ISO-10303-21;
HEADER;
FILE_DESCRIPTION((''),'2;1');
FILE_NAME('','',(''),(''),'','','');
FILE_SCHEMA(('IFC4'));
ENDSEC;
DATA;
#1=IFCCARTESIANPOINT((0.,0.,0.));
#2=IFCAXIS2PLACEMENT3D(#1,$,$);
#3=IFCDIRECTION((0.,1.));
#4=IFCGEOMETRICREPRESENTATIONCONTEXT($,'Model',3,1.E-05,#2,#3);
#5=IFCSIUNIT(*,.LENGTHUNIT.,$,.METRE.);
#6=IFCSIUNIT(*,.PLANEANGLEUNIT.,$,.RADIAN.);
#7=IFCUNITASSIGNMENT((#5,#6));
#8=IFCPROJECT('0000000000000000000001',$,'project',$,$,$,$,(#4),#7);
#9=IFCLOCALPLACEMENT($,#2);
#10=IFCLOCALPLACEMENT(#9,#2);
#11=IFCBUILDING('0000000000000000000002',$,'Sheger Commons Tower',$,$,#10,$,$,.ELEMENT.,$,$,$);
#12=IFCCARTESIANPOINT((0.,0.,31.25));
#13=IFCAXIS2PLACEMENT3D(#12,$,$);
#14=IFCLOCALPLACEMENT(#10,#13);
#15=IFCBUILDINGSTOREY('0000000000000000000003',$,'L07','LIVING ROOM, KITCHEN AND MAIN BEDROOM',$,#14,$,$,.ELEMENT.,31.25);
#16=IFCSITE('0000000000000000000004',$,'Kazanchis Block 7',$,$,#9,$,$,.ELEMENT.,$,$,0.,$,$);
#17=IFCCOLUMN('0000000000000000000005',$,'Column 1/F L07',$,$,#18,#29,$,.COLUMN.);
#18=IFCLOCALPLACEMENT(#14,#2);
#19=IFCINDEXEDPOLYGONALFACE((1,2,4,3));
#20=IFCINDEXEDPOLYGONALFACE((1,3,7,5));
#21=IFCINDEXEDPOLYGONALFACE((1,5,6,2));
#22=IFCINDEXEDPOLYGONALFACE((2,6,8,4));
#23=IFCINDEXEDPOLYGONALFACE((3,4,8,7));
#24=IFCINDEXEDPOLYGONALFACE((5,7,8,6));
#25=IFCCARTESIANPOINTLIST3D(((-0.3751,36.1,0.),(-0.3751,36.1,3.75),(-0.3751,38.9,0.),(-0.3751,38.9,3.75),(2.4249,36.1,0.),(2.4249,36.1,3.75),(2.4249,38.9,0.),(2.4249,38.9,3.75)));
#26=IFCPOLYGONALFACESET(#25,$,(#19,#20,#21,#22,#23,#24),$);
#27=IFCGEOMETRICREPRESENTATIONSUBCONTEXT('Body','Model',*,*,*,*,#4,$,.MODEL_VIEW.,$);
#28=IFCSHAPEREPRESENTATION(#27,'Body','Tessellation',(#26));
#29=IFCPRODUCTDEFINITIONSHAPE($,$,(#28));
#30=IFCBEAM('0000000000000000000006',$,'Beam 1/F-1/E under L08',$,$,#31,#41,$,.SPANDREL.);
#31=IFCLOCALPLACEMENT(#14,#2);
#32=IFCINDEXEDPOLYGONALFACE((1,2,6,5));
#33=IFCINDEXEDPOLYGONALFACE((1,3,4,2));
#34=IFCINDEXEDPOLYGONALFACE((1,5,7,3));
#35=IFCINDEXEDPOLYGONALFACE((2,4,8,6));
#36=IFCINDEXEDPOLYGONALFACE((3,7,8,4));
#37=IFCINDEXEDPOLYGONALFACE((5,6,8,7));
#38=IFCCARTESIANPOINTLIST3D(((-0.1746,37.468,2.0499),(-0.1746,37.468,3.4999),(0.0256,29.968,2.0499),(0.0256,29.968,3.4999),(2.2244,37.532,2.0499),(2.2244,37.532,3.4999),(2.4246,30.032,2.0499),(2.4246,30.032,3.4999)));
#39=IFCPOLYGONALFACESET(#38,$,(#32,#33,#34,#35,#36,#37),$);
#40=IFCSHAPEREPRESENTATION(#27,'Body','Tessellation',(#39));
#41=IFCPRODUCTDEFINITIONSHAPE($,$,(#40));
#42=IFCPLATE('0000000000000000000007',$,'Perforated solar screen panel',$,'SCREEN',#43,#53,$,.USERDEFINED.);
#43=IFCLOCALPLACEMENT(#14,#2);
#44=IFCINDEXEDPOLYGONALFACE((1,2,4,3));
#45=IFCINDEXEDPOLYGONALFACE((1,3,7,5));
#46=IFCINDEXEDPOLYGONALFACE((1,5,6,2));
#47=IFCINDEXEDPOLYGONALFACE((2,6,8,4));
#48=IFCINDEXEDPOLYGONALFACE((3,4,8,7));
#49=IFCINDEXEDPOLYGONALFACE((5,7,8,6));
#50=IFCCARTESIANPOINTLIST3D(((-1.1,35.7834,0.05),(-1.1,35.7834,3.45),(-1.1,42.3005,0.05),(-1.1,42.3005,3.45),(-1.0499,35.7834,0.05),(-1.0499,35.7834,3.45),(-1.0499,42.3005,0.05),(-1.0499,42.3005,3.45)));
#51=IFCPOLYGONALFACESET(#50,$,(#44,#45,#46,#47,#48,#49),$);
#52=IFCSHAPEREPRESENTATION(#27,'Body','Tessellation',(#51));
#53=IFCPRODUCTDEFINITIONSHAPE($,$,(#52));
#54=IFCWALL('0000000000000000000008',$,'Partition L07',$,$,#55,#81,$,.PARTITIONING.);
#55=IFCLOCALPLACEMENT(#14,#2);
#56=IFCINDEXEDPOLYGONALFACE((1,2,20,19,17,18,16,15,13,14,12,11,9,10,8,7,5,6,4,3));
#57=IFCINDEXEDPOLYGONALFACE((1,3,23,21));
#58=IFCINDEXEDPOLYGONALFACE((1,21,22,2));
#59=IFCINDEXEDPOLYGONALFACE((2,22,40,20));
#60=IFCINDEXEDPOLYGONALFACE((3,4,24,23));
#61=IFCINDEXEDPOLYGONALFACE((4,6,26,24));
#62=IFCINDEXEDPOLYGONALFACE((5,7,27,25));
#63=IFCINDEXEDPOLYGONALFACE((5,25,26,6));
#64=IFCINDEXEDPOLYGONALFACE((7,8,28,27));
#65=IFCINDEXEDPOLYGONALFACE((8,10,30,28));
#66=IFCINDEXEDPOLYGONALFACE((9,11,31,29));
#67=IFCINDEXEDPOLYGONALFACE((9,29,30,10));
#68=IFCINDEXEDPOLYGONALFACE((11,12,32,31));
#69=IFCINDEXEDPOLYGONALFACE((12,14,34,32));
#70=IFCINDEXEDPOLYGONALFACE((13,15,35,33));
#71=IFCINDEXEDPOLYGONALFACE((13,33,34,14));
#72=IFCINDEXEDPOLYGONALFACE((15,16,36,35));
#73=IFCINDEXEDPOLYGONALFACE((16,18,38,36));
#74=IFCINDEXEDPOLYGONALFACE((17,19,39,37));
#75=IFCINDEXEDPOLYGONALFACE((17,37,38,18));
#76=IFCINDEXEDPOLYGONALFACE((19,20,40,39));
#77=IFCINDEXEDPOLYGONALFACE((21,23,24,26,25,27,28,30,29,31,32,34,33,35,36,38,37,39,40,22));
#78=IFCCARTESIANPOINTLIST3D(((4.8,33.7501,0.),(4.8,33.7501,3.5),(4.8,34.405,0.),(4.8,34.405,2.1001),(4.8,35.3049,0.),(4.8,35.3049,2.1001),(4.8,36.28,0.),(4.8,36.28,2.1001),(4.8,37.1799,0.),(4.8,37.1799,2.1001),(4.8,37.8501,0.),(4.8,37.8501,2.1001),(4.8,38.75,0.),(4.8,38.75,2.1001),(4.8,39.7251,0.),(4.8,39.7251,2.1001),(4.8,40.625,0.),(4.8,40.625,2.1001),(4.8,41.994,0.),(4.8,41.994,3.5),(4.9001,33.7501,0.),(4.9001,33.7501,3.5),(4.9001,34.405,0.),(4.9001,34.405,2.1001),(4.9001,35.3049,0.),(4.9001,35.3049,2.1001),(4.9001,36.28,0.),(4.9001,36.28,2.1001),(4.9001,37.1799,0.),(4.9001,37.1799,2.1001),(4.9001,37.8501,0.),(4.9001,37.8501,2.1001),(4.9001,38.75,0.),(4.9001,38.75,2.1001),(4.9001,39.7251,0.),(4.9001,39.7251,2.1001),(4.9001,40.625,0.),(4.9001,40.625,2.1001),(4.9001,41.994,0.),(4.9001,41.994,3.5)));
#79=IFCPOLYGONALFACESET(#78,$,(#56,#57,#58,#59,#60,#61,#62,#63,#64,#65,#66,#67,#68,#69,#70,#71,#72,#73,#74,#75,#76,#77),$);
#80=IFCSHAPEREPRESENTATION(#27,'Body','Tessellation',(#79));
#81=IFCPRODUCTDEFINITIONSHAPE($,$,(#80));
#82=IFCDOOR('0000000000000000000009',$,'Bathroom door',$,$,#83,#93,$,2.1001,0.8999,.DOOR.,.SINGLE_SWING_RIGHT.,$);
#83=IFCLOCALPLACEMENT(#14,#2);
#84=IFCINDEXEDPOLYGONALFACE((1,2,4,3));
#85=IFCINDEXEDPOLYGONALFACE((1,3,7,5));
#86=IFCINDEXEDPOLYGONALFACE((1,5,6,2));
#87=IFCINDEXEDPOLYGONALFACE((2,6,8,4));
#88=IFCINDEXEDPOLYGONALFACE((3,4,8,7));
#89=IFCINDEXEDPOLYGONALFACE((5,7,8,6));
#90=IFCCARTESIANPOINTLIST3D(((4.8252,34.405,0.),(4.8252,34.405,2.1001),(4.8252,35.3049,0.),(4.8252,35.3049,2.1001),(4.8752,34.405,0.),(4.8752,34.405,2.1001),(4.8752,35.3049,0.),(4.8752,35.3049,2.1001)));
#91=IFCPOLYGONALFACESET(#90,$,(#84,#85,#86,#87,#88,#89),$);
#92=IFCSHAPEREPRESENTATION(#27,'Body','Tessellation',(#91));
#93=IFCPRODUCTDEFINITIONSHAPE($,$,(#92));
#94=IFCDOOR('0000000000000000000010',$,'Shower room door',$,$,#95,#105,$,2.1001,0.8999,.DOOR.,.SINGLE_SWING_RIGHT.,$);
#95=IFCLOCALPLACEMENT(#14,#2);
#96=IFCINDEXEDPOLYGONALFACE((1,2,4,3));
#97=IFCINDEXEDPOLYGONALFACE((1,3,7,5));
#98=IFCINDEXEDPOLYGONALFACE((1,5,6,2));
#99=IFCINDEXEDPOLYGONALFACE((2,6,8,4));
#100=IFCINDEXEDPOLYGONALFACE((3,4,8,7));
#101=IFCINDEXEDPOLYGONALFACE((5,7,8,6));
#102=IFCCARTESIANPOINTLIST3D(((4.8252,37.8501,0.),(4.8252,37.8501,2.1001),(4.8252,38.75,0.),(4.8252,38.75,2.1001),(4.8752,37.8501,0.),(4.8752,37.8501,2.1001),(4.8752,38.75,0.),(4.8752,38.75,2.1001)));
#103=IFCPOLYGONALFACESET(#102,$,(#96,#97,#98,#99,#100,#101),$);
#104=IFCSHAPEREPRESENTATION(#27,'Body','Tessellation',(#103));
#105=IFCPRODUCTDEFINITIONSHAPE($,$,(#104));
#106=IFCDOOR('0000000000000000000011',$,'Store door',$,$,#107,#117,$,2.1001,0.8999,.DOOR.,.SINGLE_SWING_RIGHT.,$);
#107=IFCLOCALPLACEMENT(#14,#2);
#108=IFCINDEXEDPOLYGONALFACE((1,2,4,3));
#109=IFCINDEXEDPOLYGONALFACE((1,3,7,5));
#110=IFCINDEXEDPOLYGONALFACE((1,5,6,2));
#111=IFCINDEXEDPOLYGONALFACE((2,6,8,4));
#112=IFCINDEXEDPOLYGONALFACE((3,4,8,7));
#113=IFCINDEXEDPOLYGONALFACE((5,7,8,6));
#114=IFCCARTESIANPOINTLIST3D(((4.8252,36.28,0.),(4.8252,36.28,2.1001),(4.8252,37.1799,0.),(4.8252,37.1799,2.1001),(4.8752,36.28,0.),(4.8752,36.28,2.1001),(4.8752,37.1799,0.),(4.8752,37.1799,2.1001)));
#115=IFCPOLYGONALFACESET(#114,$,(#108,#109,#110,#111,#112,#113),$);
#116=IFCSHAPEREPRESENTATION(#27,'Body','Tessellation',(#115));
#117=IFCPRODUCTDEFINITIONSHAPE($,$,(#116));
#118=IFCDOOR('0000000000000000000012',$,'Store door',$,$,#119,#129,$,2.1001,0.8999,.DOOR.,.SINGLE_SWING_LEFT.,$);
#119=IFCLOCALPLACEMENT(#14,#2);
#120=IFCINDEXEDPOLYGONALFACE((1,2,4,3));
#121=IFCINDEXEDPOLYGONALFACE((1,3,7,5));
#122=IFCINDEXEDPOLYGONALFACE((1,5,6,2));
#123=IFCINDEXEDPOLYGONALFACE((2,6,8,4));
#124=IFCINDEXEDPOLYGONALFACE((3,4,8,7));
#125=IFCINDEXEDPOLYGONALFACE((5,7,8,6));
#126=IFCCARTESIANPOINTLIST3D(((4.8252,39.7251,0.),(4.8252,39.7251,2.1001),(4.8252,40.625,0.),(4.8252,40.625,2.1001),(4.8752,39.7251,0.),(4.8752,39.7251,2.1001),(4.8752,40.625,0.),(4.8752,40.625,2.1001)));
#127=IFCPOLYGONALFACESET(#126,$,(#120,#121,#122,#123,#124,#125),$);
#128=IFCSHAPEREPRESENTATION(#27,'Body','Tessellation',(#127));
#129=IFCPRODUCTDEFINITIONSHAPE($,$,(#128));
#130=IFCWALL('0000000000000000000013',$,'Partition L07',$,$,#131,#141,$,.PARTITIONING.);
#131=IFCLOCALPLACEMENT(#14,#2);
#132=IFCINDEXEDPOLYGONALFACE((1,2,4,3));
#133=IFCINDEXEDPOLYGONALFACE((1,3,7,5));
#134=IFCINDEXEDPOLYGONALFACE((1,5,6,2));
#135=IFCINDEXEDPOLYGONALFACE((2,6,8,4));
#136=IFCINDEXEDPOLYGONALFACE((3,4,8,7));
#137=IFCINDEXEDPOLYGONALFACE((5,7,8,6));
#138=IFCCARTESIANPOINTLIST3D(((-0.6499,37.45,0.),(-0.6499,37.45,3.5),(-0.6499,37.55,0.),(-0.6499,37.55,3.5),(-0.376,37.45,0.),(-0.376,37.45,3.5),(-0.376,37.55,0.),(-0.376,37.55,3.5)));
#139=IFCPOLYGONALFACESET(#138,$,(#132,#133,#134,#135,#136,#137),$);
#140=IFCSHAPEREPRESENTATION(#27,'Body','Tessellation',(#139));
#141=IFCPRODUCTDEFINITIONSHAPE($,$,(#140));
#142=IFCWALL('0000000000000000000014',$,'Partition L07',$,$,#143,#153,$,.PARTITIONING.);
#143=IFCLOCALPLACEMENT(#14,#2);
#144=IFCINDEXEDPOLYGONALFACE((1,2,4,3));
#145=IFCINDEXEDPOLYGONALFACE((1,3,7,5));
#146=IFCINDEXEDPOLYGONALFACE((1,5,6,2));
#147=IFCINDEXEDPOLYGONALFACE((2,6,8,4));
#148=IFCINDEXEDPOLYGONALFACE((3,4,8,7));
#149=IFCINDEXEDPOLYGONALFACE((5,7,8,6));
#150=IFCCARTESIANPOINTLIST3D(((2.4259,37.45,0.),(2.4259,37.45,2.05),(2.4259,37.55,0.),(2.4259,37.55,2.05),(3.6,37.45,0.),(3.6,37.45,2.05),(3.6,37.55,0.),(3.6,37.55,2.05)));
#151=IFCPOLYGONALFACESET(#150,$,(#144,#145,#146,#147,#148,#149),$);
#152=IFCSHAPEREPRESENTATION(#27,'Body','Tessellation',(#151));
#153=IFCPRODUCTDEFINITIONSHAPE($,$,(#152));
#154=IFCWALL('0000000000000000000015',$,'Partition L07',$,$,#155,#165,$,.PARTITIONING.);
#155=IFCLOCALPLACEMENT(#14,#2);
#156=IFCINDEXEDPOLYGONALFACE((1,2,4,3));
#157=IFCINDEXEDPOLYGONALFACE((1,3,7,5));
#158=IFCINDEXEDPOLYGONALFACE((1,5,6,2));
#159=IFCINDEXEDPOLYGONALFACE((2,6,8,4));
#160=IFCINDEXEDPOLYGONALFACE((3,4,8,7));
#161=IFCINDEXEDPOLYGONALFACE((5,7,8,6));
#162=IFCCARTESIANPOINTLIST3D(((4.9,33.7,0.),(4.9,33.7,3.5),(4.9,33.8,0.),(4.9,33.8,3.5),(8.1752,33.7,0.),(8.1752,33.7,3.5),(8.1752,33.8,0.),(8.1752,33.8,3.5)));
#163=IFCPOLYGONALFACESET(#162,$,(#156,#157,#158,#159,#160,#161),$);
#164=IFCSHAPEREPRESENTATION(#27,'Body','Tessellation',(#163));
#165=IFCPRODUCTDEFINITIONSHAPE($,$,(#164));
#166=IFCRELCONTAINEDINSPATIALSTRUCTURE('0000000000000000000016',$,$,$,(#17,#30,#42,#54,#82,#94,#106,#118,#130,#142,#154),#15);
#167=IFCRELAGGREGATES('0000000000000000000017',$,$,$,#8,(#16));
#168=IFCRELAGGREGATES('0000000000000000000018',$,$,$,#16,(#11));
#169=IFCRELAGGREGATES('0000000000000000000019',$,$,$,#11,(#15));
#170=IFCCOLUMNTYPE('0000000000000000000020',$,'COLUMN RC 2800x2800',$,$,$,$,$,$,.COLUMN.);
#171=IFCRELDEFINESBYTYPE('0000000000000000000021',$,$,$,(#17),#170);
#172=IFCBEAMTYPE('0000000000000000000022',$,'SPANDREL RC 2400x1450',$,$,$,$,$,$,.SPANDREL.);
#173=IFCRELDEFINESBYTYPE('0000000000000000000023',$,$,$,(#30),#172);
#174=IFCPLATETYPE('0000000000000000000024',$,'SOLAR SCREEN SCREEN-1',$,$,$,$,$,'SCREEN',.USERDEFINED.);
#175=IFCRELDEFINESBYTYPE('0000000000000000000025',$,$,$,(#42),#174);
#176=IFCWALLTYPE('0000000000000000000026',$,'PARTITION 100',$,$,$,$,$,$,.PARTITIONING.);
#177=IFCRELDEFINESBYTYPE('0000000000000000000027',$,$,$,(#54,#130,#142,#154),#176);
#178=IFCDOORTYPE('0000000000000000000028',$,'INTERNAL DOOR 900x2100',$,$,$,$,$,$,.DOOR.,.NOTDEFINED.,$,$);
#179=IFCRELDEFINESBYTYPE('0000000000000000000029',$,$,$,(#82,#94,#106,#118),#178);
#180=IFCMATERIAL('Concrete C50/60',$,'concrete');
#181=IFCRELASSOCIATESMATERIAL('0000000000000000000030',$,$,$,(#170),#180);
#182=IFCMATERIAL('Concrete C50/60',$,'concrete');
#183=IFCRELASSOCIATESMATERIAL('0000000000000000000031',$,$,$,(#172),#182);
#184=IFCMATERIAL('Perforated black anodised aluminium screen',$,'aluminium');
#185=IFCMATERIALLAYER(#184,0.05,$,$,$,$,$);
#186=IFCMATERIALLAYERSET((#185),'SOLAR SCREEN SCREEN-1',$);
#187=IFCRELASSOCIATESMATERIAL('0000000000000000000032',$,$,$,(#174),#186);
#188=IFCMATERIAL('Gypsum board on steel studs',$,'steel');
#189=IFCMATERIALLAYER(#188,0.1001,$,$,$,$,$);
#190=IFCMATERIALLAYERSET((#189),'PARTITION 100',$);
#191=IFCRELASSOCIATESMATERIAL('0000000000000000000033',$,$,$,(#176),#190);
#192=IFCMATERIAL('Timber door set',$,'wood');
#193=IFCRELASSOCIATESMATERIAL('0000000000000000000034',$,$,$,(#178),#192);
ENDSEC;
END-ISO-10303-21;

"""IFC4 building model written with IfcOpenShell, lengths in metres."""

from ifc_helpers import new_model, si_unit, direction, frame, frame_2d, origin, origin_2d, place, context, subcontext, project, spatial, rectangle, extrude, material, layer, layer_set, material_profile, profile_set, type_object, element, fill, save


model = new_model("IFC4")

# Units and contexts
model_context = context("Model", 3, precision=1e-05, world=origin(), true_north=direction((0.0, 1.0)))
body_context = subcontext(model_context, "Body", "Model", "MODEL_VIEW")
ifc_project = project(units=[si_unit("LENGTHUNIT", "METRE"), si_unit("PLANEANGLEUNIT", "RADIAN")], contexts=[model_context])

# Site, building, storey
site_placement = place(None, origin())
site = spatial("IfcSite", under=ifc_project, at=site_placement, Name="Kazanchis Block 7", CompositionType="ELEMENT", RefElevation=0.0)
building_placement = place(site_placement, origin())
building = spatial("IfcBuilding", under=site, at=building_placement, Name="Sheger Commons Tower", CompositionType="ELEMENT")
storey_placement = place(building_placement, frame((0.0, 0.0, 31.25)))
storey = spatial("IfcBuildingStorey", under=building, at=storey_placement, Name="L07", Description="LIVING ROOM, KITCHEN AND MAIN BEDROOM", CompositionType="ELEMENT", Elevation=31.25)

# Column
ifc_material_1 = material(Name="Concrete C50/60", Category="concrete")
ifc_material_profile_1 = material_profile(ifc_material_1, rectangle(XDim=2.8, YDim=2.8, at=origin_2d()), Name="RC 2800x2800")
ifc_profile_set_1 = profile_set([ifc_material_profile_1], Name="Concrete C50/60")
column_type = type_object("IfcColumnType", Name="COLUMN RC 2800x2800", PredefinedType="COLUMN", material=ifc_profile_set_1)
column_placement = place(storey_placement, frame((1.0249, 37.5, 0.0), z_axis=(0.0, 0.0, 1.0), x_axis=(1.0, 0.0, 0.0)))
element("IfcColumn", 1, at=column_placement, inside=storey, type_object=column_type, Name="Column 1/F L07", PredefinedType="COLUMN", context=body_context, shape_type="SweptSolid", body=[
    extrude(rectangle(XDim=2.8, YDim=2.8, at=origin_2d()), origin(), (0.0, 0.0, 1.0), 3.75),
])

# Beam
ifc_material_2 = material(Name="Concrete C50/60", Category="concrete")
ifc_material_profile_2 = material_profile(ifc_material_2, rectangle(XDim=2.3999, YDim=1.45, at=origin_2d()), Name="RC 2400x1450")
ifc_profile_set_2 = profile_set([ifc_material_profile_2], Name="Concrete C50/60")
beam_type = type_object("IfcBeamType", Name="SPANDREL RC 2400x1450", PredefinedType="SPANDREL", material=ifc_profile_set_2)
beam_placement = place(storey_placement, frame((1.0249, 37.5, 2.7749), z_axis=(0.026683, -0.999644, 0.0), x_axis=(0.999644, 0.026683, 0.0)))
element("IfcBeam", 2, at=beam_placement, inside=storey, type_object=beam_type, Name="Beam 1/F-1/E under L08", PredefinedType="SPANDREL", context=body_context, shape_type="SweptSolid", body=[
    extrude(rectangle(XDim=2.3999, YDim=1.45, at=origin_2d()), origin(), (0.0, 0.0, 1.0), 7.5027),
])

# Plate
ifc_material_3 = material(Name="Perforated black anodised aluminium screen", Category="aluminium")
ifc_layer_1 = layer(ifc_material_3, 0.05)
ifc_layer_set_1 = layer_set([ifc_layer_1], Name="SOLAR SCREEN SCREEN-1")
plate_type = type_object("IfcPlateType", Name="SOLAR SCREEN SCREEN-1", ElementType="SCREEN", PredefinedType="USERDEFINED", material=ifc_layer_set_1)
plate_placement = place(storey_placement, frame((-1.075, 39.042, 0.05), z_axis=(0.0, 0.0, 1.0), x_axis=(0.0, -1.0, 0.0)))
element("IfcPlate", 3, at=plate_placement, inside=storey, type_object=plate_type, Name="Perforated solar screen panel", ObjectType="SCREEN", PredefinedType="USERDEFINED", context=body_context, shape_type="SweptSolid", body=[
    extrude(rectangle(XDim=6.5171, YDim=0.05, at=origin_2d()), origin(), (0.0, 0.0, 1.0), 3.3999),
])

# Wall, openings, doors
ifc_material_4 = material(Name="Gypsum board on steel studs", Category="steel")
ifc_layer_2 = layer(ifc_material_4, 0.1001)
ifc_layer_set_2 = layer_set([ifc_layer_2], Name="PARTITION 100")
wall_type = type_object("IfcWallType", Name="PARTITION 100", PredefinedType="PARTITIONING", material=ifc_layer_set_2)
wall_1_placement = place(storey_placement, frame((4.8501, 33.75, 0.0), z_axis=(0.0, 0.0, 1.0), x_axis=(0.0, 1.0, 0.0)))
wall_1 = element("IfcWall", 4, at=wall_1_placement, inside=storey, type_object=wall_type, Name="Partition L07", PredefinedType="PARTITIONING", context=body_context, shape_type="SweptSolid", body=[
    extrude(rectangle(XDim=8.2439, YDim=0.1001, at=frame_2d((4.1221, 0.0))), origin(), (0.0, 0.0, 1.0), 3.5),
])
opening_1_placement = place(wall_1_placement, frame((0.655, 0.0, 0.0)))
opening_1 = element("IfcOpeningElement", 5, at=opening_1_placement, cuts=wall_1, PredefinedType="OPENING", context=body_context, shape_type="SweptSolid", body=[
    extrude(rectangle(XDim=0.8999, YDim=2.1001, at=frame_2d((0.45, 1.05))), frame((0.0, 0.0601, 0.0), z_axis=(0.0, -1.0, 0.0), x_axis=(1.0, 0.0, 0.0)), (0.0, 0.0, 1.0), 0.1201),
])
opening_2_placement = place(wall_1_placement, frame((4.1001, 0.0, 0.0)))
opening_2 = element("IfcOpeningElement", 6, at=opening_2_placement, cuts=wall_1, PredefinedType="OPENING", context=body_context, shape_type="SweptSolid", body=[
    extrude(rectangle(XDim=0.8999, YDim=2.1001, at=frame_2d((0.45, 1.05))), frame((0.0, 0.0601, 0.0), z_axis=(0.0, -1.0, 0.0), x_axis=(1.0, 0.0, 0.0)), (0.0, 0.0, 1.0), 0.1201),
])
opening_3_placement = place(wall_1_placement, frame((2.53, 0.0, 0.0)))
opening_3 = element("IfcOpeningElement", 7, at=opening_3_placement, cuts=wall_1, PredefinedType="OPENING", context=body_context, shape_type="SweptSolid", body=[
    extrude(rectangle(XDim=0.8999, YDim=2.1001, at=frame_2d((0.45, 1.05))), frame((0.0, 0.0601, 0.0), z_axis=(0.0, -1.0, 0.0), x_axis=(1.0, 0.0, 0.0)), (0.0, 0.0, 1.0), 0.1201),
])
opening_4_placement = place(wall_1_placement, frame((5.9751, 0.0, 0.0)))
opening_4 = element("IfcOpeningElement", 8, at=opening_4_placement, cuts=wall_1, PredefinedType="OPENING", context=body_context, shape_type="SweptSolid", body=[
    extrude(rectangle(XDim=0.8999, YDim=2.1001, at=frame_2d((0.45, 1.05))), frame((0.0, 0.0601, 0.0), z_axis=(0.0, -1.0, 0.0), x_axis=(1.0, 0.0, 0.0)), (0.0, 0.0, 1.0), 0.1201),
])
ifc_material_5 = material(Name="Timber door set", Category="wood")
door_type = type_object("IfcDoorType", Name="INTERNAL DOOR 900x2100", OperationType="NOTDEFINED", PredefinedType="DOOR", material=ifc_material_5)
door_1_placement = place(opening_1_placement, origin())
door_1 = element("IfcDoor", 9, at=door_1_placement, inside=storey, type_object=door_type, Name="Bathroom door", OperationType="SINGLE_SWING_RIGHT", OverallHeight=2.1001, OverallWidth=0.8999, PredefinedType="DOOR", context=body_context, shape_type="SweptSolid", body=[
    extrude(rectangle(XDim=0.8999, YDim=2.1001, at=frame_2d((0.45, 1.05))), frame((0.0, 0.0249, 0.0), z_axis=(0.0, -1.0, 0.0), x_axis=(1.0, 0.0, 0.0)), (0.0, 0.0, 1.0), 0.05),
])
fill(opening_1, door_1)
door_2_placement = place(opening_2_placement, origin())
door_2 = element("IfcDoor", 10, at=door_2_placement, inside=storey, type_object=door_type, Name="Shower room door", OperationType="SINGLE_SWING_RIGHT", OverallHeight=2.1001, OverallWidth=0.8999, PredefinedType="DOOR", context=body_context, shape_type="SweptSolid", body=[
    extrude(rectangle(XDim=0.8999, YDim=2.1001, at=frame_2d((0.45, 1.05))), frame((0.0, 0.0249, 0.0), z_axis=(0.0, -1.0, 0.0), x_axis=(1.0, 0.0, 0.0)), (0.0, 0.0, 1.0), 0.05),
])
fill(opening_2, door_2)
door_3_placement = place(opening_3_placement, origin())
door_3 = element("IfcDoor", 11, at=door_3_placement, inside=storey, type_object=door_type, Name="Store door", OperationType="SINGLE_SWING_RIGHT", OverallHeight=2.1001, OverallWidth=0.8999, PredefinedType="DOOR", context=body_context, shape_type="SweptSolid", body=[
    extrude(rectangle(XDim=0.8999, YDim=2.1001, at=frame_2d((0.45, 1.05))), frame((0.0, 0.0249, 0.0), z_axis=(0.0, -1.0, 0.0), x_axis=(1.0, 0.0, 0.0)), (0.0, 0.0, 1.0), 0.05),
])
fill(opening_3, door_3)
door_4_placement = place(opening_4_placement, origin())
door_4 = element("IfcDoor", 12, at=door_4_placement, inside=storey, type_object=door_type, Name="Store door", OperationType="SINGLE_SWING_LEFT", OverallHeight=2.1001, OverallWidth=0.8999, PredefinedType="DOOR", context=body_context, shape_type="SweptSolid", body=[
    extrude(rectangle(XDim=0.8999, YDim=2.1001, at=frame_2d((0.45, 1.05))), frame((0.0, 0.0249, 0.0), z_axis=(0.0, -1.0, 0.0), x_axis=(1.0, 0.0, 0.0)), (0.0, 0.0, 1.0), 0.05),
])
fill(opening_4, door_4)

# Walls
wall_2_placement = place(storey_placement, frame((-0.6499, 37.5, 0.0), z_axis=(0.0, 0.0, 1.0), x_axis=(1.0, 0.0, 0.0)))
element("IfcWall", 13, at=wall_2_placement, inside=storey, type_object=wall_type, Name="Partition L07", PredefinedType="PARTITIONING", context=body_context, shape_type="SweptSolid", body=[
    extrude(rectangle(XDim=0.2739, YDim=0.1001, at=frame_2d((0.137, 0.0))), origin(), (0.0, 0.0, 1.0), 3.5),
])
wall_3_placement = place(storey_placement, frame((2.426, 37.5, 0.0), z_axis=(0.0, 0.0, 1.0), x_axis=(1.0, 0.0, 0.0)))
element("IfcWall", 14, at=wall_3_placement, inside=storey, type_object=wall_type, Name="Partition L07", PredefinedType="PARTITIONING", context=body_context, shape_type="SweptSolid", body=[
    extrude(rectangle(XDim=1.1741, YDim=0.1001, at=frame_2d((0.5869, 0.0))), origin(), (0.0, 0.0, 1.0), 2.05),
])
wall_4_placement = place(storey_placement, frame((4.8999, 33.75, 0.0), z_axis=(0.0, 0.0, 1.0), x_axis=(1.0, 0.0, 0.0)))
element("IfcWall", 15, at=wall_4_placement, inside=storey, type_object=wall_type, Name="Partition L07", PredefinedType="PARTITIONING", context=body_context, shape_type="SweptSolid", body=[
    extrude(rectangle(XDim=3.2751, YDim=0.1001, at=frame_2d((1.6377, 0.0))), origin(), (0.0, 0.0, 1.0), 3.5),
])

save(model, "model.ifc")
